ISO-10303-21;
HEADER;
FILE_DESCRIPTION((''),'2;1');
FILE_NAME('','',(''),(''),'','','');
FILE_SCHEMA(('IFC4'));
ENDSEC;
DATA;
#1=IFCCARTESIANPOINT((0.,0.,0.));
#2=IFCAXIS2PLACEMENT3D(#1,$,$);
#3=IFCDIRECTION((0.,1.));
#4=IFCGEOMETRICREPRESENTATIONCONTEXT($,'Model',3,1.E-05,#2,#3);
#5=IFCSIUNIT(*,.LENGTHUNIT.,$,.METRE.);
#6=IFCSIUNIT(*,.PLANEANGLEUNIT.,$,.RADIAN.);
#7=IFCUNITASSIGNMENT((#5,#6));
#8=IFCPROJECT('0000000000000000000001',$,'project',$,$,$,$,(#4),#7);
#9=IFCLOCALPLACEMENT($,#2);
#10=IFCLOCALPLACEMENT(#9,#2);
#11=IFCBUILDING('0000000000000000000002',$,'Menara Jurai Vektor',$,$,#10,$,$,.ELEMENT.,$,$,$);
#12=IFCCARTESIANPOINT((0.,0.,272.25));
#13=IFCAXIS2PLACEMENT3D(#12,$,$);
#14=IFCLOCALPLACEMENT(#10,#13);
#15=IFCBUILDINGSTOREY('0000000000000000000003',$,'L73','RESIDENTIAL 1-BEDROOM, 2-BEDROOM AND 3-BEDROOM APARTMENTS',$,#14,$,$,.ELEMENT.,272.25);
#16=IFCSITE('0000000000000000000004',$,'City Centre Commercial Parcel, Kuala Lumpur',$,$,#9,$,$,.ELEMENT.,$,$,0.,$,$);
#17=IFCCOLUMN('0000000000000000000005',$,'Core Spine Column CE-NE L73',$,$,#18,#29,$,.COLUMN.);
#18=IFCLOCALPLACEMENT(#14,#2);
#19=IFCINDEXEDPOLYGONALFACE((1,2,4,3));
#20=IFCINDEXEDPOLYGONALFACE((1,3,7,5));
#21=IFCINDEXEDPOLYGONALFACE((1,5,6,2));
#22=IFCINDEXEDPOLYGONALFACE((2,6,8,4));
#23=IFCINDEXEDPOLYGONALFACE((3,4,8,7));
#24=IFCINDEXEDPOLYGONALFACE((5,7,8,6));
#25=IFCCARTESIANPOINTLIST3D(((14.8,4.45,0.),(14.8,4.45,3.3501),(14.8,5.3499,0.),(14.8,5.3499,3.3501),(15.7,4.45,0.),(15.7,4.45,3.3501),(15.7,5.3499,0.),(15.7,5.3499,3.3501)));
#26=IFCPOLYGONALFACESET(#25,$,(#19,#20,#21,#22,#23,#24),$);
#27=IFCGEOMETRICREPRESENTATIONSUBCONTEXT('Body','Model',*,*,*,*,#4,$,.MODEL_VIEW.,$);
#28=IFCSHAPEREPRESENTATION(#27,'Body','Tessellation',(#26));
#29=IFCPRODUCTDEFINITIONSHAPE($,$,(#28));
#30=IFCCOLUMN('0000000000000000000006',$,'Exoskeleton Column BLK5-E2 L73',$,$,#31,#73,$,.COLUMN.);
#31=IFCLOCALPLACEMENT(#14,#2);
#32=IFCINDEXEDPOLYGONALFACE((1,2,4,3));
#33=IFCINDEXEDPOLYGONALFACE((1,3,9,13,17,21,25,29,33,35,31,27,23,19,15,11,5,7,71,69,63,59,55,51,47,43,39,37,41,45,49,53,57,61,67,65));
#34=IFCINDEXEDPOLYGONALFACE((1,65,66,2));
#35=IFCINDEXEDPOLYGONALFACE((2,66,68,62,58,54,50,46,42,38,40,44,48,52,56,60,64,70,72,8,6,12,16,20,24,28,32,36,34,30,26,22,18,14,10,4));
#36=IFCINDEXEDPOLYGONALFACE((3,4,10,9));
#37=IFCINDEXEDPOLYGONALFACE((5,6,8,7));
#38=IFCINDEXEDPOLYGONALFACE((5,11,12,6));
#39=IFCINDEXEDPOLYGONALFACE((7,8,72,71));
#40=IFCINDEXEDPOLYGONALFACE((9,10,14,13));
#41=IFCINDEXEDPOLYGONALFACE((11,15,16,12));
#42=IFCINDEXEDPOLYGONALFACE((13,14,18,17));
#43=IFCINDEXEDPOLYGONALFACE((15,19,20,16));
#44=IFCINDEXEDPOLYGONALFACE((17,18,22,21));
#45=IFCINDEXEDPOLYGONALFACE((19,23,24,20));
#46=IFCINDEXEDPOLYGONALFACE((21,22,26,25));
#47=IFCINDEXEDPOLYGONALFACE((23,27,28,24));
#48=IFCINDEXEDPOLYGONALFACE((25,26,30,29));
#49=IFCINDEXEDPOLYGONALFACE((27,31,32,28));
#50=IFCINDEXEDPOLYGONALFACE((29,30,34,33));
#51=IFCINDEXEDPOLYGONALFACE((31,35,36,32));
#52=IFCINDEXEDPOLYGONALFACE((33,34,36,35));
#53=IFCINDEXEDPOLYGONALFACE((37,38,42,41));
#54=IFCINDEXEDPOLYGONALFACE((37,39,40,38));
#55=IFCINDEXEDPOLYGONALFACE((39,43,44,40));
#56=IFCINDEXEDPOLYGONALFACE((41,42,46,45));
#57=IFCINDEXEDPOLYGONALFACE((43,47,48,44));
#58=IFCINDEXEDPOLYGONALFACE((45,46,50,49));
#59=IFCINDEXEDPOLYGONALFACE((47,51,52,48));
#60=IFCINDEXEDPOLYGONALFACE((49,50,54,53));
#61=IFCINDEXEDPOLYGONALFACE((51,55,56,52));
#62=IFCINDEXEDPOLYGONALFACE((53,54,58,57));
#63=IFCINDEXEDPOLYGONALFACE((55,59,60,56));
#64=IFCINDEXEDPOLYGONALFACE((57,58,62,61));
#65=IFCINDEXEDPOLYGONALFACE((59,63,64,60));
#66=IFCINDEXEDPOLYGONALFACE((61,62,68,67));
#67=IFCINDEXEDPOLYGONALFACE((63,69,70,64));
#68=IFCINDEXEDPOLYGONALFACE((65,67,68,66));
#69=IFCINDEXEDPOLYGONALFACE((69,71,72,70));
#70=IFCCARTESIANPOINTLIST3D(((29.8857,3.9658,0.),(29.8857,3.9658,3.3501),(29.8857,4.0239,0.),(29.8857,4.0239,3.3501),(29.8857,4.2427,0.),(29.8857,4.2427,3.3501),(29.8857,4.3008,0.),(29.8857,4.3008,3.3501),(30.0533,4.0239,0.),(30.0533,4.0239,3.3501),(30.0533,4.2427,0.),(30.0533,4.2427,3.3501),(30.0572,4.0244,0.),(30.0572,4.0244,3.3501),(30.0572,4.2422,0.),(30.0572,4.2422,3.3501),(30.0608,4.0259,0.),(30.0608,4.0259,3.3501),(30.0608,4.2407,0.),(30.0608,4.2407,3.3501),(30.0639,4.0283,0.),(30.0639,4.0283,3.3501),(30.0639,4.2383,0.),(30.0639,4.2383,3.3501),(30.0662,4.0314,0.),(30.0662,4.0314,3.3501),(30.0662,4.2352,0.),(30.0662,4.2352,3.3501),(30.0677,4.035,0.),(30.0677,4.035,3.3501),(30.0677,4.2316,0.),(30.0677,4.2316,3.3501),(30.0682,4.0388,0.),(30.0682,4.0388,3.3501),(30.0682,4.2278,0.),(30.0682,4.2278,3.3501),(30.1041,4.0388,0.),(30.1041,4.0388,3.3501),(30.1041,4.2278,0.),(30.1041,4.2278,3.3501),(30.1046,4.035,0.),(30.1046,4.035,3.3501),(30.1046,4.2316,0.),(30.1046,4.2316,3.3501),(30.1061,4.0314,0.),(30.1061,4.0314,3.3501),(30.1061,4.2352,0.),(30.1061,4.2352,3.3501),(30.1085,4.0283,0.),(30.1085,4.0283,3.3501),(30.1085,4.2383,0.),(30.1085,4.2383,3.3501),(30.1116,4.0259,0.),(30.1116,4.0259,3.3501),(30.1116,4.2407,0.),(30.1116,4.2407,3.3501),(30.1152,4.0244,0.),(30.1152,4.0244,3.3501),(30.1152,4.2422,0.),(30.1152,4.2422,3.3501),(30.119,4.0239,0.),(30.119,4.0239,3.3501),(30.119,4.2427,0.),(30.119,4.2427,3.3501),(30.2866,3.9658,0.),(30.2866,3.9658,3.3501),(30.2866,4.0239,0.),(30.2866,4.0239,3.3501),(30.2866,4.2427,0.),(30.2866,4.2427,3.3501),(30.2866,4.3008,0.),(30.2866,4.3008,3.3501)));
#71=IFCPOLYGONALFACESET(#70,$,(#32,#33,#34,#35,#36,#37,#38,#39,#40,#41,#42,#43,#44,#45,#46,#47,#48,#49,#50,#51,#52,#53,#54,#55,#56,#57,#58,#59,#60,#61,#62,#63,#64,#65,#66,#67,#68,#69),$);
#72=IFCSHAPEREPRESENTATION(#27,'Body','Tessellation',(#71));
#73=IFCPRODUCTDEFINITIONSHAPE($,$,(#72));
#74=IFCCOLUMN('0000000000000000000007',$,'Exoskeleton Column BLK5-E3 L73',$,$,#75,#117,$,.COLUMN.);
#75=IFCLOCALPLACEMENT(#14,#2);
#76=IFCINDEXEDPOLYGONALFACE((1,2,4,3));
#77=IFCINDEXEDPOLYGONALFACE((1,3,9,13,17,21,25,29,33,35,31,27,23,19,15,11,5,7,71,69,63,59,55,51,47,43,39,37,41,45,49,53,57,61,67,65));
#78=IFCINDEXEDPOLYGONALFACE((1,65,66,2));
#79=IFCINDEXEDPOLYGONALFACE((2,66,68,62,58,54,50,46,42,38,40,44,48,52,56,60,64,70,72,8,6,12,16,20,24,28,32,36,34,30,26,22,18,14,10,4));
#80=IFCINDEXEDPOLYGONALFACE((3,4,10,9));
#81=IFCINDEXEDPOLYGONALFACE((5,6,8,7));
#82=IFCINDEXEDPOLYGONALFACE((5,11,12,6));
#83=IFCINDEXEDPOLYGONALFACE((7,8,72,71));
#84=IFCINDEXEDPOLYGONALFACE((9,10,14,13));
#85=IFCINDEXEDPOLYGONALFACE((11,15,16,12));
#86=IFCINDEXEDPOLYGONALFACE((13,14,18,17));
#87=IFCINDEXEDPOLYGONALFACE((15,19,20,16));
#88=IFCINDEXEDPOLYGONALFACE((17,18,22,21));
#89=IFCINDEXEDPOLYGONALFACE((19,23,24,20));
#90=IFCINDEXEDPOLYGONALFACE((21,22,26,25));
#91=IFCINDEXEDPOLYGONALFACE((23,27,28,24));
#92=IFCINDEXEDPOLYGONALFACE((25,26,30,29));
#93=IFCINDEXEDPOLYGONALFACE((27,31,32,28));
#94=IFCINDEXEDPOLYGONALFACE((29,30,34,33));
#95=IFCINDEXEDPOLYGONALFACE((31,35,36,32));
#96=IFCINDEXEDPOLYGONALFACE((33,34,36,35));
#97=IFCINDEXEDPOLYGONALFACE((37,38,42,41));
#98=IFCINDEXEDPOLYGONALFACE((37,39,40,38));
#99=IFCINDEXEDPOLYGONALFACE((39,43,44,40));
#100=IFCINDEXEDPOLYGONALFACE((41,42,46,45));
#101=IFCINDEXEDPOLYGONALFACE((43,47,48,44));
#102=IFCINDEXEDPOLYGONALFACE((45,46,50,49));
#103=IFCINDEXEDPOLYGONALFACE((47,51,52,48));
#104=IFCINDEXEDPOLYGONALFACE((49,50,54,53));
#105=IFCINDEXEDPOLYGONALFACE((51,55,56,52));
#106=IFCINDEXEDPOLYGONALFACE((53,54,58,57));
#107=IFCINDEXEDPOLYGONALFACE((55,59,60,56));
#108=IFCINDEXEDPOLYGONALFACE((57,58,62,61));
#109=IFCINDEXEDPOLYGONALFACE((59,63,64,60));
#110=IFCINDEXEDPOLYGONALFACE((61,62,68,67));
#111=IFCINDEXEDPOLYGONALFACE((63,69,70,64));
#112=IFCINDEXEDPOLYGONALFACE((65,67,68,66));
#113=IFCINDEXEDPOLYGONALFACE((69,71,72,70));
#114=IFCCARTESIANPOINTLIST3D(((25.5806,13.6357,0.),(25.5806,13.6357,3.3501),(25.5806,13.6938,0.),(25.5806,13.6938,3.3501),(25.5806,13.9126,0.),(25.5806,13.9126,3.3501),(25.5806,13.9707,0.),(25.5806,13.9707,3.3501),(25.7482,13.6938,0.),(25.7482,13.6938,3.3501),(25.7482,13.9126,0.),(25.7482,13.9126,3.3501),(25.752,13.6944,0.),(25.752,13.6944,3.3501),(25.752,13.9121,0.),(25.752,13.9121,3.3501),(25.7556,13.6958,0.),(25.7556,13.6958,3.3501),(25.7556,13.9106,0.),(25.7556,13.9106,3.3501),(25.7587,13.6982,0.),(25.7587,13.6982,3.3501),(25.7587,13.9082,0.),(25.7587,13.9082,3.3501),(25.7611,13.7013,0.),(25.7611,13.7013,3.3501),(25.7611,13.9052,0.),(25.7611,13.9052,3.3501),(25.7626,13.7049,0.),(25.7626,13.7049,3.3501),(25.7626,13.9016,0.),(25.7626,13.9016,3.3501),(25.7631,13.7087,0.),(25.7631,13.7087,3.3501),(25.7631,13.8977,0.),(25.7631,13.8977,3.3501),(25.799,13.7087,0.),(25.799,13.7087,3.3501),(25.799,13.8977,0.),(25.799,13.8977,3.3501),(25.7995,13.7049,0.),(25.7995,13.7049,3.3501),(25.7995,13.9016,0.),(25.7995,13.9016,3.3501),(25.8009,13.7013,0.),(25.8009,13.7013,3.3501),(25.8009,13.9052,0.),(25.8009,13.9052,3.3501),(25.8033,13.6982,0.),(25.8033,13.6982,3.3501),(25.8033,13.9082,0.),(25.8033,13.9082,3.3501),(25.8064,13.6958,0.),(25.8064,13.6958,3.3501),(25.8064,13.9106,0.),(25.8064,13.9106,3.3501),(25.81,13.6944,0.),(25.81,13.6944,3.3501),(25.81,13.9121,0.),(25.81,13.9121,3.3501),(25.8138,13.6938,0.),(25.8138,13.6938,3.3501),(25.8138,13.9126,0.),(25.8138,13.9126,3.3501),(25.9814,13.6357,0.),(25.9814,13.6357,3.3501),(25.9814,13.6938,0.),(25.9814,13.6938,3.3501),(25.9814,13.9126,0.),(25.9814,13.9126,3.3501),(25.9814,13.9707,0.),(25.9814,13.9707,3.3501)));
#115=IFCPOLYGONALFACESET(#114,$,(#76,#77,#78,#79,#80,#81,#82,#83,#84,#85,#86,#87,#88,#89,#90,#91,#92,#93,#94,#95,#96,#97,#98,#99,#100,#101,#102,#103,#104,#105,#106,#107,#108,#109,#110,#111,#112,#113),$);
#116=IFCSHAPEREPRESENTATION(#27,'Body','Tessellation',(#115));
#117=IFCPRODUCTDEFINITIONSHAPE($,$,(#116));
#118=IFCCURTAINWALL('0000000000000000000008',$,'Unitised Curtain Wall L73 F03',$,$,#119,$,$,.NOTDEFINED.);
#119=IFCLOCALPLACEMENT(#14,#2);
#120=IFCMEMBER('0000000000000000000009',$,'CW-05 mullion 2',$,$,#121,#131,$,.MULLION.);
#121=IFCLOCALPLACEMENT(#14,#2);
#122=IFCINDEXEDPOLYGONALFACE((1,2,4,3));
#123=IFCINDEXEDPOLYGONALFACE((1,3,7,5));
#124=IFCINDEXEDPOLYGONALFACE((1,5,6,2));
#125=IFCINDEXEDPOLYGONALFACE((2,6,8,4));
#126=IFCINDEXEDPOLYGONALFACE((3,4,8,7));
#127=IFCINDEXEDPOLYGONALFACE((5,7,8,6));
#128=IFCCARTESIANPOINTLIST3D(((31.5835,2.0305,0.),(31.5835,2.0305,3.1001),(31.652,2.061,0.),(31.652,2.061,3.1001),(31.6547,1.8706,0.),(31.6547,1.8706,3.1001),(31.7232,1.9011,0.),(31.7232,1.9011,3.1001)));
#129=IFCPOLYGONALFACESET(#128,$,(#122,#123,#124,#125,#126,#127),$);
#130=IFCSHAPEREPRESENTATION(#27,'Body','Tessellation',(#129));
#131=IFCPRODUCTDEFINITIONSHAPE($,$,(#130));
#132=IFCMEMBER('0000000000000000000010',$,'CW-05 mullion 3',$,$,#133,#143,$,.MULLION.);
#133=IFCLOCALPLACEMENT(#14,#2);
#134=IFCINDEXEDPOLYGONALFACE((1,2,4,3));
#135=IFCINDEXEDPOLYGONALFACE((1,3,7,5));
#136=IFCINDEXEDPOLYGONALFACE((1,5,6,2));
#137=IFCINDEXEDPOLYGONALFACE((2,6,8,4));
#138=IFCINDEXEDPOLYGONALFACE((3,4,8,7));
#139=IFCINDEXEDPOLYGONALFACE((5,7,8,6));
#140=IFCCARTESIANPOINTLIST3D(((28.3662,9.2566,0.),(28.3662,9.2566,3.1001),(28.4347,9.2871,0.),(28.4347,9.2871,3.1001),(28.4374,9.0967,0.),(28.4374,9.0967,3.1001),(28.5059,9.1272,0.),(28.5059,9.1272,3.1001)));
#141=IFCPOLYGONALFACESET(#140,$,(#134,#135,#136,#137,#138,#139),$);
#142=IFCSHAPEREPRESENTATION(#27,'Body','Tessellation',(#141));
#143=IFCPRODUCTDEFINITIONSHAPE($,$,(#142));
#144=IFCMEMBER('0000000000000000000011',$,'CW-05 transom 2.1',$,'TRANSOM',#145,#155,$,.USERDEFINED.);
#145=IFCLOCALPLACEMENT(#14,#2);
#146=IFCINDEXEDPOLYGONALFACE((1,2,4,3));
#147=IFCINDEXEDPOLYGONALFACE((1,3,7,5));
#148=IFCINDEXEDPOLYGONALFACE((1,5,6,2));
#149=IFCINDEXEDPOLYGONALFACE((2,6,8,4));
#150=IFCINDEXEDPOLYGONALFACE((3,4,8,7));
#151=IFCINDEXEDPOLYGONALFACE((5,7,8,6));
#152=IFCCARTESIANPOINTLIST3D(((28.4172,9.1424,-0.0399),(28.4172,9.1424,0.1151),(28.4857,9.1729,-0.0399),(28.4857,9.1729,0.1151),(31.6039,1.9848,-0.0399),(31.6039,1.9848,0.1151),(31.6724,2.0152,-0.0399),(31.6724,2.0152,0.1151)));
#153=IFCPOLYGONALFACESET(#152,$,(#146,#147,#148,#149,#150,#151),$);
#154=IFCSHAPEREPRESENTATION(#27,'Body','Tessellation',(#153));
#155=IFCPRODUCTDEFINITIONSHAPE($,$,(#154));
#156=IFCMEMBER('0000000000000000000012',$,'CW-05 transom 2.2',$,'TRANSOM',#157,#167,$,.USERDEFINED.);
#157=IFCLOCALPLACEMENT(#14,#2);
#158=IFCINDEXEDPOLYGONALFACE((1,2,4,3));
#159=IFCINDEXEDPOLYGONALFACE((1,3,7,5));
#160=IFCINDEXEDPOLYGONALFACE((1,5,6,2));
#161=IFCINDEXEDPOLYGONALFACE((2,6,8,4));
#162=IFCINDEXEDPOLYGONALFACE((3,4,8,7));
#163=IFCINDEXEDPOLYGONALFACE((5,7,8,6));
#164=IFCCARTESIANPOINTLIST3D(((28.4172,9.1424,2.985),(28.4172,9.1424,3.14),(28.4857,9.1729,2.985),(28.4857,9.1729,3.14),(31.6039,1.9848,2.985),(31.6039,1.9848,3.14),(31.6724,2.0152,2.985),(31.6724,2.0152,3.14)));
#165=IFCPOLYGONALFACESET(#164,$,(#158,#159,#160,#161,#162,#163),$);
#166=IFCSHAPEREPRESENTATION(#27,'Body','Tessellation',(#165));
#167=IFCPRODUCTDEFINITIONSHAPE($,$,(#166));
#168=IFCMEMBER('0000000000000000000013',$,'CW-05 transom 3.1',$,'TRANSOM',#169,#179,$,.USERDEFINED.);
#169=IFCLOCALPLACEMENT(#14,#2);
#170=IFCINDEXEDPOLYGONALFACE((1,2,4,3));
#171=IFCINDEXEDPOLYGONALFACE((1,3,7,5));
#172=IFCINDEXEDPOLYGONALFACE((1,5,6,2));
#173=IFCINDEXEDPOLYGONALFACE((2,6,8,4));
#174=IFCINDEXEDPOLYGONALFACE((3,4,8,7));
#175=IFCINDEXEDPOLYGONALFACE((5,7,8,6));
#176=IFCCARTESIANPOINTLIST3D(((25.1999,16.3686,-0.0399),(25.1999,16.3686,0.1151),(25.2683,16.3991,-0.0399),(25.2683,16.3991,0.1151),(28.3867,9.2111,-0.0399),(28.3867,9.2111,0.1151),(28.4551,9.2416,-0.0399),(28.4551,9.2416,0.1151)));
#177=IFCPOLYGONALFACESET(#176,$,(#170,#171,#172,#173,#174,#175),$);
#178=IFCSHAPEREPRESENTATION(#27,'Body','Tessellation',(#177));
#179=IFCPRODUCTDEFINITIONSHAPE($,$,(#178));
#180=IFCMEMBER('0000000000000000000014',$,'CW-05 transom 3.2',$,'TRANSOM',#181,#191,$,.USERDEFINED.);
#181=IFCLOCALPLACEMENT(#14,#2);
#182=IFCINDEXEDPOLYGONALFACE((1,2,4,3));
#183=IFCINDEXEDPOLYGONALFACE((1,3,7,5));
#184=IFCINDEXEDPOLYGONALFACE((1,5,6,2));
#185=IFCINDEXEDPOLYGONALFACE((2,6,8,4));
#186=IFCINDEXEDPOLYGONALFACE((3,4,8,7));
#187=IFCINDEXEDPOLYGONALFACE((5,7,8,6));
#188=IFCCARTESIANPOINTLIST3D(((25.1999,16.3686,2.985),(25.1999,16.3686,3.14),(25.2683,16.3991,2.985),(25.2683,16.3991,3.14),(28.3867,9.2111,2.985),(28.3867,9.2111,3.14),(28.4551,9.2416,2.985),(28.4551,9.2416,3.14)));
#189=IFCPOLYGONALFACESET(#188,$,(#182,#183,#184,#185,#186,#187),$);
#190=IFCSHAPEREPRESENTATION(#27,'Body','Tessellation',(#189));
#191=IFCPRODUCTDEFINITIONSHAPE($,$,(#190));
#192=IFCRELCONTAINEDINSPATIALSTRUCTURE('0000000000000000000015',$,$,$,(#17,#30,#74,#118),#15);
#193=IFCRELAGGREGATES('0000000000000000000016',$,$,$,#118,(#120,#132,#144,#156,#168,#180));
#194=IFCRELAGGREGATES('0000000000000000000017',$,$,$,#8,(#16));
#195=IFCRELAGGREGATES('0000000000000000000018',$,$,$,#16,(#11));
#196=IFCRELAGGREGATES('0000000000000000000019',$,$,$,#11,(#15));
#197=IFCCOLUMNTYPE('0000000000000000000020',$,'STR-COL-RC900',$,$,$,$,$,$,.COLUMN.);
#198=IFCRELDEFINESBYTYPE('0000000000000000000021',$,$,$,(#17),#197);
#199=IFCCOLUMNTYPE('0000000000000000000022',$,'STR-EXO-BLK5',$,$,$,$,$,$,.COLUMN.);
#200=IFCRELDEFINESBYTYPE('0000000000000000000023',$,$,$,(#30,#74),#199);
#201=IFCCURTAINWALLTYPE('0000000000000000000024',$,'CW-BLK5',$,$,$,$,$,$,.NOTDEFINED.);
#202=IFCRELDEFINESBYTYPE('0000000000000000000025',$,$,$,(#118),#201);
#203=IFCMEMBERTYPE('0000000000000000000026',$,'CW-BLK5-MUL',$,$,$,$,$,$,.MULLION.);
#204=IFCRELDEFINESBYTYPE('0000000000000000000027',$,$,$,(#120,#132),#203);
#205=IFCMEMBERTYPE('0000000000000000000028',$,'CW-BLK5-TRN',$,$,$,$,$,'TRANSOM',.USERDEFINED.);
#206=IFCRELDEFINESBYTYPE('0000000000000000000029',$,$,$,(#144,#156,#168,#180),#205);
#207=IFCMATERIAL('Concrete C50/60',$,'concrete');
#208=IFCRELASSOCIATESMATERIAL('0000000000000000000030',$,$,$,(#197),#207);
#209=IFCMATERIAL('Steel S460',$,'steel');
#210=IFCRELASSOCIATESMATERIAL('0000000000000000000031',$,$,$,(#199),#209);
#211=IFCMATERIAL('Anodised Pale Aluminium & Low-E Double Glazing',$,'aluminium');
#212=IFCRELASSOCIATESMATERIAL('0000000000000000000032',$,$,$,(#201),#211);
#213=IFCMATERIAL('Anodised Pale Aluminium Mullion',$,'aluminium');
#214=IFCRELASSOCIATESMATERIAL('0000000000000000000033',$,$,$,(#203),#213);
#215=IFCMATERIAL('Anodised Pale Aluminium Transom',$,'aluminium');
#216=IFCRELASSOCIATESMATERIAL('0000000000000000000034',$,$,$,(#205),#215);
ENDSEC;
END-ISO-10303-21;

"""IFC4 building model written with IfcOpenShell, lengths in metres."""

from ifc_helpers import new_model, si_unit, direction, frame, origin, origin_2d, place, context, subcontext, project, spatial, rectangle, i_section, extrude, material, material_profile, profile_set, type_object, element, aggregate, save


model = new_model("IFC4")

# Units and contexts
model_context = context("Model", 3, precision=1e-05, world=origin(), true_north=direction((0.0, 1.0)))
body_context = subcontext(model_context, "Body", "Model", "MODEL_VIEW")
ifc_project = project(units=[si_unit("LENGTHUNIT", "METRE"), si_unit("PLANEANGLEUNIT", "RADIAN")], contexts=[model_context])

# Site, building, storey
site_placement = place(None, origin())
site = spatial("IfcSite", under=ifc_project, at=site_placement, Name="City Centre Commercial Parcel, Kuala Lumpur", CompositionType="ELEMENT", RefElevation=0.0)
building_placement = place(site_placement, origin())
building = spatial("IfcBuilding", under=site, at=building_placement, Name="Menara Jurai Vektor", CompositionType="ELEMENT")
storey_placement = place(building_placement, frame((0.0, 0.0, 272.25)))
storey = spatial("IfcBuildingStorey", under=building, at=storey_placement, Name="L73", Description="RESIDENTIAL 1-BEDROOM, 2-BEDROOM AND 3-BEDROOM APARTMENTS", CompositionType="ELEMENT", Elevation=272.25)

# Columns
ifc_material_1 = material(Name="Concrete C50/60", Category="concrete")
ifc_material_profile_1 = material_profile(ifc_material_1, rectangle(XDim=0.8999, YDim=0.8999, at=origin_2d()), Name="RC 900x900")
ifc_profile_set_1 = profile_set([ifc_material_profile_1], Name="Concrete C50/60")
column_type_1 = type_object("IfcColumnType", Name="STR-COL-RC900", PredefinedType="COLUMN", material=ifc_profile_set_1)
column_placement = place(storey_placement, frame((15.25, 4.8999, 0.0), z_axis=(0.0, 0.0, 1.0), x_axis=(1.0, 0.0, 0.0)))
element("IfcColumn", 1, at=column_placement, inside=storey, type_object=column_type_1, Name="Core Spine Column CE-NE L73", PredefinedType="COLUMN", context=body_context, shape_type="SweptSolid", body=[
    extrude(rectangle(XDim=0.8999, YDim=0.8999, at=origin_2d()), origin(), (0.0, 0.0, 1.0), 3.3501),
])
ifc_material_2 = material(Name="Steel S460", Category="steel")
ifc_material_profile_2 = material_profile(ifc_material_2, i_section(OverallWidth=0.4009, OverallDepth=0.335, WebThickness=0.0359, FlangeThickness=0.0581, FilletRadius=0.0149, at=origin_2d()), Name="HD 400x463")
ifc_profile_set_2 = profile_set([ifc_material_profile_2], Name="Steel S460")
column_type_2 = type_object("IfcColumnType", Name="STR-EXO-BLK5", PredefinedType="COLUMN", material=ifc_profile_set_2)
for number, where, z_axis, x_axis, name in (
    (2, (30.0862, 4.1333, 0.0), (0.0, 0.0, 1.0), (1.0, 0.0, 0.0), "Exoskeleton Column BLK5-E2 L73"),
    (3, (25.781, 13.8032, 0.0), (0.0, 0.0, 1.0), (1.0, 0.0, 0.0), "Exoskeleton Column BLK5-E3 L73"),
):
    element("IfcColumn", number, at=place(storey_placement, frame(where, z_axis=z_axis, x_axis=x_axis)), inside=storey, type_object=column_type_2, Name=name, PredefinedType="COLUMN", context=body_context, shape_type="SweptSolid", body=[
        extrude(i_section(OverallWidth=0.4009, OverallDepth=0.335, WebThickness=0.0359, FlangeThickness=0.0581, FilletRadius=0.0149, at=origin_2d()), origin(), (0.0, 0.0, 1.0), 3.3501),
    ])

# Curtain wall, members
ifc_material_3 = material(Name="Anodised Pale Aluminium & Low-E Double Glazing", Category="aluminium")
curtain_wall_type = type_object("IfcCurtainWallType", Name="CW-BLK5", PredefinedType="NOTDEFINED", material=ifc_material_3)
curtain_wall_placement = place(storey_placement, origin())
curtain_wall = element("IfcCurtainWall", 4, at=curtain_wall_placement, inside=storey, type_object=curtain_wall_type, Name="Unitised Curtain Wall L73 F03", PredefinedType="NOTDEFINED")
ifc_material_4 = material(Name="Anodised Pale Aluminium Mullion", Category="aluminium")
ifc_material_profile_3 = material_profile(ifc_material_4, rectangle(XDim=0.075, YDim=0.175, at=origin_2d()), Name="ALU MUL 75x175")
ifc_profile_set_3 = profile_set([ifc_material_profile_3], Name="Anodised Pale Aluminium Mullion")
member_type_1 = type_object("IfcMemberType", Name="CW-BLK5-MUL", PredefinedType="MULLION", material=ifc_profile_set_3)
member_1_placement = place(storey_placement, frame((31.6533, 1.9658, 0.0), z_axis=(0.0, 0.0, 1.0), x_axis=(-0.913546, -0.406735, 0.0)))
member_1 = element("IfcMember", 5, at=member_1_placement, type_object=member_type_1, Name="CW-05 mullion 2", PredefinedType="MULLION", context=body_context, shape_type="SweptSolid", body=[
    extrude(rectangle(XDim=0.075, YDim=0.175, at=origin_2d()), origin(), (0.0, 0.0, 1.0), 3.1001),
])
member_2_placement = place(storey_placement, frame((28.436, 9.1919, 0.0), z_axis=(0.0, 0.0, 1.0), x_axis=(-0.913546, -0.406735, 0.0)))
member_2 = element("IfcMember", 6, at=member_2_placement, type_object=member_type_1, Name="CW-05 mullion 3", PredefinedType="MULLION", context=body_context, shape_type="SweptSolid", body=[
    extrude(rectangle(XDim=0.075, YDim=0.175, at=origin_2d()), origin(), (0.0, 0.0, 1.0), 3.1001),
])
ifc_material_5 = material(Name="Anodised Pale Aluminium Transom", Category="aluminium")
ifc_material_profile_4 = material_profile(ifc_material_5, rectangle(XDim=0.075, YDim=0.155, at=origin_2d()), Name="ALU TRN 75x155")
ifc_profile_set_4 = profile_set([ifc_material_profile_4], Name="Anodised Pale Aluminium Transom")
member_type_2 = type_object("IfcMemberType", Name="CW-BLK5-TRN", ElementType="TRANSOM", PredefinedType="USERDEFINED", material=ifc_profile_set_4)
member_3_placement = place(storey_placement, frame((31.6382, 2.0, 0.0376), z_axis=(-0.406731, 0.913548, 0.0), x_axis=(-0.913548, -0.406731, 0.0)))
member_3 = element("IfcMember", 7, at=member_3_placement, type_object=member_type_2, Name="CW-05 transom 2.1", ObjectType="TRANSOM", PredefinedType="USERDEFINED", context=body_context, shape_type="SweptSolid", body=[
    extrude(rectangle(XDim=0.075, YDim=0.155, at=origin_2d()), origin(), (0.0, 0.0, 1.0), 7.835),
])
member_4_placement = place(storey_placement, frame((31.6382, 2.0, 3.0625), z_axis=(-0.406731, 0.913548, 0.0), x_axis=(-0.913548, -0.406731, 0.0)))
member_4 = element("IfcMember", 8, at=member_4_placement, type_object=member_type_2, Name="CW-05 transom 2.2", ObjectType="TRANSOM", PredefinedType="USERDEFINED", context=body_context, shape_type="SweptSolid", body=[
    extrude(rectangle(XDim=0.075, YDim=0.155, at=origin_2d()), origin(), (0.0, 0.0, 1.0), 7.835),
])
member_5_placement = place(storey_placement, frame((28.4209, 9.2263, 0.0376), z_axis=(-0.406743, 0.913543, 0.0), x_axis=(-0.913543, -0.406743, 0.0)))
member_5 = element("IfcMember", 9, at=member_5_placement, type_object=member_type_2, Name="CW-05 transom 3.1", ObjectType="TRANSOM", PredefinedType="USERDEFINED", context=body_context, shape_type="SweptSolid", body=[
    extrude(rectangle(XDim=0.075, YDim=0.155, at=origin_2d()), origin(), (0.0, 0.0, 1.0), 7.835),
])
member_6_placement = place(storey_placement, frame((28.4209, 9.2263, 3.0625), z_axis=(-0.406743, 0.913543, 0.0), x_axis=(-0.913543, -0.406743, 0.0)))
member_6 = element("IfcMember", 10, at=member_6_placement, type_object=member_type_2, Name="CW-05 transom 3.2", ObjectType="TRANSOM", PredefinedType="USERDEFINED", context=body_context, shape_type="SweptSolid", body=[
    extrude(rectangle(XDim=0.075, YDim=0.155, at=origin_2d()), origin(), (0.0, 0.0, 1.0), 7.835),
])

aggregate(curtain_wall, [member_1, member_2, member_3, member_4, member_5, member_6])

save(model, "model.ifc")
